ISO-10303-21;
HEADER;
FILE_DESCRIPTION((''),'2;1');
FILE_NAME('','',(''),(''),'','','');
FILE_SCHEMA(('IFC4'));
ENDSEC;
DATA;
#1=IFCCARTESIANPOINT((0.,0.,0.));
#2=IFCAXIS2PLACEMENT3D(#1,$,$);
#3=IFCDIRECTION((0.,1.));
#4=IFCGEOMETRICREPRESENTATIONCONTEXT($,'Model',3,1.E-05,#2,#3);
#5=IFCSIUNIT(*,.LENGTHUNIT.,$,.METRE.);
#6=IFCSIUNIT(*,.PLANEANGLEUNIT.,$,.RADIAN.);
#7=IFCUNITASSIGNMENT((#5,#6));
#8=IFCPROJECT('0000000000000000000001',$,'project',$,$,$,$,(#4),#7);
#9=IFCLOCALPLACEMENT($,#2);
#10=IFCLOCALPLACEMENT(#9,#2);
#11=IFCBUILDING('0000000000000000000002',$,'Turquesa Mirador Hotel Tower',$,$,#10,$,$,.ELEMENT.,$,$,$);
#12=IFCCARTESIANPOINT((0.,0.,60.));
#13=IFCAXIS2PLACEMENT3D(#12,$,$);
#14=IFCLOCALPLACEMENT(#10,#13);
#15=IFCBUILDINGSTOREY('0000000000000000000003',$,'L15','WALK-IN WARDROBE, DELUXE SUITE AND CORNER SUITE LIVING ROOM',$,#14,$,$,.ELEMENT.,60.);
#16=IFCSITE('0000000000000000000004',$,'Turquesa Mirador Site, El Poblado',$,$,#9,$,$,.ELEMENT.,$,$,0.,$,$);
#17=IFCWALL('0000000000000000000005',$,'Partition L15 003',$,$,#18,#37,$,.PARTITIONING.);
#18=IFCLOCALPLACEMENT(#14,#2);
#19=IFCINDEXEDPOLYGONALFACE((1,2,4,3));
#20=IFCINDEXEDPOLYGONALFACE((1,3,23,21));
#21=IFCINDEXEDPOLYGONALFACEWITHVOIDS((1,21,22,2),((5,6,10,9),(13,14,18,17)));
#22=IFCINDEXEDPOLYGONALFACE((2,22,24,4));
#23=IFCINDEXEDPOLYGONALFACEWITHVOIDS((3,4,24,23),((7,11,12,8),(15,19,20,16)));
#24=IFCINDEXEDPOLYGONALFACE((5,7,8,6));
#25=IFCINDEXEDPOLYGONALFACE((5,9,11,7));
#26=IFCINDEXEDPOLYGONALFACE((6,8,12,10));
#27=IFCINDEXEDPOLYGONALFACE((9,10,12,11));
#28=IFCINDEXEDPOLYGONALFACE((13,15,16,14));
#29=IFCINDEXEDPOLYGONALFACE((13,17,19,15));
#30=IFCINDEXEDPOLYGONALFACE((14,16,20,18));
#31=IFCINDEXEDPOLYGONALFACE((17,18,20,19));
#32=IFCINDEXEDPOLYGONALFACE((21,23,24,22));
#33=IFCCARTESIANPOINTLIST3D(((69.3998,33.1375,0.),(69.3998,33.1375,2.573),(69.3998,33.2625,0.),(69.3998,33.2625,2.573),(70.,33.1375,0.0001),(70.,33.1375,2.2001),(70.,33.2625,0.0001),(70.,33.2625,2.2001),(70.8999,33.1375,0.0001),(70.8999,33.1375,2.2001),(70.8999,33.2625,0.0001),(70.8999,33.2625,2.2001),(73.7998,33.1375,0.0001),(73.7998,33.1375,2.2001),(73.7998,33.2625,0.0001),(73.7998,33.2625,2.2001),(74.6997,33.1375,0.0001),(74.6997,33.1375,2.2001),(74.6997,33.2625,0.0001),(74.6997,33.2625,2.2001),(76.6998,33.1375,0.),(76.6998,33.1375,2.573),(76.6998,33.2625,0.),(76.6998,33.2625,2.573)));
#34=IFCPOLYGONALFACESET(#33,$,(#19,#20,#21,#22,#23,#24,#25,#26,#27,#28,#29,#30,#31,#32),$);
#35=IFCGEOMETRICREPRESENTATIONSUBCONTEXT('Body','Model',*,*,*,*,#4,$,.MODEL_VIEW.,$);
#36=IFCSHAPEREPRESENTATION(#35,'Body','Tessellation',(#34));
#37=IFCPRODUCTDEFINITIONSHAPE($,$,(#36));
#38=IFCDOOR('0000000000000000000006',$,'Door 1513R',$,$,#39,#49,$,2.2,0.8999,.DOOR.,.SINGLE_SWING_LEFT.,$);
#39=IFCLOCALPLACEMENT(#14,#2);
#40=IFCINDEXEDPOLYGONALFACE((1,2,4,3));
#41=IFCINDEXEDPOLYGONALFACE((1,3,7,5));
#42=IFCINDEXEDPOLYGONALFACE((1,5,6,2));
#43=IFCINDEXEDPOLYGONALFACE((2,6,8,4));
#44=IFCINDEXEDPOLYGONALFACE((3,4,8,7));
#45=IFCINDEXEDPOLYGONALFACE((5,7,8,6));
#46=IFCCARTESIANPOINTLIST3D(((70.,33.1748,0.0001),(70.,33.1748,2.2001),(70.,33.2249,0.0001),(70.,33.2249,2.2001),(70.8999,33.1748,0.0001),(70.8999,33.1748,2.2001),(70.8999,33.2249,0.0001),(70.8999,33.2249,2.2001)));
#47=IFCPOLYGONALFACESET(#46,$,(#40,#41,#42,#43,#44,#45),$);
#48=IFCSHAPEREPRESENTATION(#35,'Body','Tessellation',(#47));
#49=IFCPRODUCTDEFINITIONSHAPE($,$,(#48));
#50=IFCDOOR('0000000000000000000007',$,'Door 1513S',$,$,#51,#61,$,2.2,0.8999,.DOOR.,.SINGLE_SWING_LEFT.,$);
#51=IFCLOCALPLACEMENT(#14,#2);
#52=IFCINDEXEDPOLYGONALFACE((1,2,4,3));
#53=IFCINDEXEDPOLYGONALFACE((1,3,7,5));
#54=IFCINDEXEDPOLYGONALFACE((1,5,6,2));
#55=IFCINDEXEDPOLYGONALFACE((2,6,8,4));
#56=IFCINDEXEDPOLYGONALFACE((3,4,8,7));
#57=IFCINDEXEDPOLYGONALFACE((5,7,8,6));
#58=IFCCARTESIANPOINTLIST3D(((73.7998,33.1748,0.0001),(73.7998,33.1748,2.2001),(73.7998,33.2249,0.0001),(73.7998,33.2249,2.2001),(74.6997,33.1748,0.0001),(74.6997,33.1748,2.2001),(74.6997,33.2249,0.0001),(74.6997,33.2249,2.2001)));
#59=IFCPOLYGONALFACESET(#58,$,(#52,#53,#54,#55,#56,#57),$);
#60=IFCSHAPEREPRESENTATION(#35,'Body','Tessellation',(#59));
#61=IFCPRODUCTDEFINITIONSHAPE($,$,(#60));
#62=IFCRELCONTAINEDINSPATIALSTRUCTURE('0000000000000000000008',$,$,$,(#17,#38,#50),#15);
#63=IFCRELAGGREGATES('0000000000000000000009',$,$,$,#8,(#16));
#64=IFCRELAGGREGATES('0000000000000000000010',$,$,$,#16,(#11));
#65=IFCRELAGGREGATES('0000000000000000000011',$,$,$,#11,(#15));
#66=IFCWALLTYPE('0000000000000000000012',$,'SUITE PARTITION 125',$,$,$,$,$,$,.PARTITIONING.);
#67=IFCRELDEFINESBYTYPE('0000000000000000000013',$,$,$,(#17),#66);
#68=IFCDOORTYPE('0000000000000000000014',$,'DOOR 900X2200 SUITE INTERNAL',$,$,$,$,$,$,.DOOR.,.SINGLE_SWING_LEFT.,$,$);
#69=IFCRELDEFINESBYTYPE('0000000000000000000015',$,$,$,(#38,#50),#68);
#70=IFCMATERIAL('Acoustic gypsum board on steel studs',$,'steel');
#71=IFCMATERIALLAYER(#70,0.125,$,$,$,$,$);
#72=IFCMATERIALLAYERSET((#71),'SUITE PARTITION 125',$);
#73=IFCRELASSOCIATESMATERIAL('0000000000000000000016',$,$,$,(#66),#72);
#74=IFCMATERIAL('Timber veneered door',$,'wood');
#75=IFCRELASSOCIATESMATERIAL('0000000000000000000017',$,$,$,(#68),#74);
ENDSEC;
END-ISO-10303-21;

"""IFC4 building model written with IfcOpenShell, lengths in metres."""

from ifc_helpers import new_model, si_unit, direction, frame, frame_2d, origin, place, context, subcontext, project, spatial, rectangle, extrude, material, layer, layer_set, type_object, element, fill, save


model = new_model("IFC4")

# Units and contexts
model_context = context("Model", 3, precision=1e-05, world=origin(), true_north=direction((0.0, 1.0)))
body_context = subcontext(model_context, "Body", "Model", "MODEL_VIEW")
ifc_project = project(units=[si_unit("LENGTHUNIT", "METRE"), si_unit("PLANEANGLEUNIT", "RADIAN")], contexts=[model_context])

# Site, building, storey
site_placement = place(None, origin())
site = spatial("IfcSite", under=ifc_project, at=site_placement, Name="Turquesa Mirador Site, El Poblado", CompositionType="ELEMENT", RefElevation=0.0)
building_placement = place(site_placement, origin())
building = spatial("IfcBuilding", under=site, at=building_placement, Name="Turquesa Mirador Hotel Tower", CompositionType="ELEMENT")
storey_placement = place(building_placement, frame((0.0, 0.0, 60.0)))
storey = spatial("IfcBuildingStorey", under=building, at=storey_placement, Name="L15", Description="WALK-IN WARDROBE, DELUXE SUITE AND CORNER SUITE LIVING ROOM", CompositionType="ELEMENT", Elevation=60.0)

# Wall, openings, doors
ifc_material_1 = material(Name="Acoustic gypsum board on steel studs", Category="steel")
ifc_layer_1 = layer(ifc_material_1, 0.125)
ifc_layer_set_1 = layer_set([ifc_layer_1], Name="SUITE PARTITION 125")
wall_type_1 = type_object("IfcWallType", Name="SUITE PARTITION 125", PredefinedType="PARTITIONING", material=ifc_layer_set_1)
wall_1_placement = place(storey_placement, frame((69.3999, 33.2, 0.0), z_axis=(0.0, 0.0, 1.0), x_axis=(1.0, 0.0, 0.0)))
wall_1 = element("IfcWall", 1, at=wall_1_placement, inside=storey, type_object=wall_type_1, Name="Partition L15 003", PredefinedType="PARTITIONING", context=body_context, shape_type="SweptSolid", body=[
    extrude(rectangle(XDim=7.3, YDim=0.125, at=frame_2d((3.6499, 0.0))), origin(), (0.0, 0.0, 1.0), 2.573),
])
opening_1_placement = place(wall_1_placement, frame((0.6001, 0.0, 0.0)))
opening_1 = element("IfcOpeningElement", 2, at=opening_1_placement, cuts=wall_1, PredefinedType="OPENING", context=body_context, shape_type="SweptSolid", body=[
    extrude(rectangle(XDim=0.8999, YDim=2.2, at=frame_2d((0.45, 1.1001))), frame((0.0, 0.0725, 0.0), z_axis=(0.0, -1.0, 0.0), x_axis=(1.0, 0.0, 0.0)), (0.0, 0.0, 1.0), 0.145),
])
opening_2_placement = place(wall_1_placement, frame((4.3999, 0.0, 0.0)))
opening_2 = element("IfcOpeningElement", 3, at=opening_2_placement, cuts=wall_1, PredefinedType="OPENING", context=body_context, shape_type="SweptSolid", body=[
    extrude(rectangle(XDim=0.8999, YDim=2.2, at=frame_2d((0.45, 1.1001))), frame((0.0, 0.0725, 0.0), z_axis=(0.0, -1.0, 0.0), x_axis=(1.0, 0.0, 0.0)), (0.0, 0.0, 1.0), 0.145),
])
ifc_material_2 = material(Name="Timber veneered door", Category="wood")
door_type_1 = type_object("IfcDoorType", Name="DOOR 900X2200 SUITE INTERNAL", OperationType="SINGLE_SWING_LEFT", PredefinedType="DOOR", material=ifc_material_2)
door_1_placement = place(opening_1_placement, origin())
door_1 = element("IfcDoor", 4, at=door_1_placement, inside=storey, type_object=door_type_1, Name="Door 1513R", OperationType="SINGLE_SWING_LEFT", OverallHeight=2.2, OverallWidth=0.8999, PredefinedType="DOOR", context=body_context, shape_type="SweptSolid", body=[
    extrude(rectangle(XDim=0.8999, YDim=2.2, at=frame_2d((0.45, 1.1001))), frame((0.0, 0.0249, 0.0), z_axis=(0.0, -1.0, 0.0), x_axis=(1.0, 0.0, 0.0)), (0.0, 0.0, 1.0), 0.05),
])
fill(opening_1, door_1)
door_2_placement = place(opening_2_placement, origin())
door_2 = element("IfcDoor", 5, at=door_2_placement, inside=storey, type_object=door_type_1, Name="Door 1513S", OperationType="SINGLE_SWING_LEFT", OverallHeight=2.2, OverallWidth=0.8999, PredefinedType="DOOR", context=body_context, shape_type="SweptSolid", body=[
    extrude(rectangle(XDim=0.8999, YDim=2.2, at=frame_2d((0.45, 1.1001))), frame((0.0, 0.0249, 0.0), z_axis=(0.0, -1.0, 0.0), x_axis=(1.0, 0.0, 0.0)), (0.0, 0.0, 1.0), 0.05),
])
fill(opening_2, door_2)

save(model, "model.ifc")
